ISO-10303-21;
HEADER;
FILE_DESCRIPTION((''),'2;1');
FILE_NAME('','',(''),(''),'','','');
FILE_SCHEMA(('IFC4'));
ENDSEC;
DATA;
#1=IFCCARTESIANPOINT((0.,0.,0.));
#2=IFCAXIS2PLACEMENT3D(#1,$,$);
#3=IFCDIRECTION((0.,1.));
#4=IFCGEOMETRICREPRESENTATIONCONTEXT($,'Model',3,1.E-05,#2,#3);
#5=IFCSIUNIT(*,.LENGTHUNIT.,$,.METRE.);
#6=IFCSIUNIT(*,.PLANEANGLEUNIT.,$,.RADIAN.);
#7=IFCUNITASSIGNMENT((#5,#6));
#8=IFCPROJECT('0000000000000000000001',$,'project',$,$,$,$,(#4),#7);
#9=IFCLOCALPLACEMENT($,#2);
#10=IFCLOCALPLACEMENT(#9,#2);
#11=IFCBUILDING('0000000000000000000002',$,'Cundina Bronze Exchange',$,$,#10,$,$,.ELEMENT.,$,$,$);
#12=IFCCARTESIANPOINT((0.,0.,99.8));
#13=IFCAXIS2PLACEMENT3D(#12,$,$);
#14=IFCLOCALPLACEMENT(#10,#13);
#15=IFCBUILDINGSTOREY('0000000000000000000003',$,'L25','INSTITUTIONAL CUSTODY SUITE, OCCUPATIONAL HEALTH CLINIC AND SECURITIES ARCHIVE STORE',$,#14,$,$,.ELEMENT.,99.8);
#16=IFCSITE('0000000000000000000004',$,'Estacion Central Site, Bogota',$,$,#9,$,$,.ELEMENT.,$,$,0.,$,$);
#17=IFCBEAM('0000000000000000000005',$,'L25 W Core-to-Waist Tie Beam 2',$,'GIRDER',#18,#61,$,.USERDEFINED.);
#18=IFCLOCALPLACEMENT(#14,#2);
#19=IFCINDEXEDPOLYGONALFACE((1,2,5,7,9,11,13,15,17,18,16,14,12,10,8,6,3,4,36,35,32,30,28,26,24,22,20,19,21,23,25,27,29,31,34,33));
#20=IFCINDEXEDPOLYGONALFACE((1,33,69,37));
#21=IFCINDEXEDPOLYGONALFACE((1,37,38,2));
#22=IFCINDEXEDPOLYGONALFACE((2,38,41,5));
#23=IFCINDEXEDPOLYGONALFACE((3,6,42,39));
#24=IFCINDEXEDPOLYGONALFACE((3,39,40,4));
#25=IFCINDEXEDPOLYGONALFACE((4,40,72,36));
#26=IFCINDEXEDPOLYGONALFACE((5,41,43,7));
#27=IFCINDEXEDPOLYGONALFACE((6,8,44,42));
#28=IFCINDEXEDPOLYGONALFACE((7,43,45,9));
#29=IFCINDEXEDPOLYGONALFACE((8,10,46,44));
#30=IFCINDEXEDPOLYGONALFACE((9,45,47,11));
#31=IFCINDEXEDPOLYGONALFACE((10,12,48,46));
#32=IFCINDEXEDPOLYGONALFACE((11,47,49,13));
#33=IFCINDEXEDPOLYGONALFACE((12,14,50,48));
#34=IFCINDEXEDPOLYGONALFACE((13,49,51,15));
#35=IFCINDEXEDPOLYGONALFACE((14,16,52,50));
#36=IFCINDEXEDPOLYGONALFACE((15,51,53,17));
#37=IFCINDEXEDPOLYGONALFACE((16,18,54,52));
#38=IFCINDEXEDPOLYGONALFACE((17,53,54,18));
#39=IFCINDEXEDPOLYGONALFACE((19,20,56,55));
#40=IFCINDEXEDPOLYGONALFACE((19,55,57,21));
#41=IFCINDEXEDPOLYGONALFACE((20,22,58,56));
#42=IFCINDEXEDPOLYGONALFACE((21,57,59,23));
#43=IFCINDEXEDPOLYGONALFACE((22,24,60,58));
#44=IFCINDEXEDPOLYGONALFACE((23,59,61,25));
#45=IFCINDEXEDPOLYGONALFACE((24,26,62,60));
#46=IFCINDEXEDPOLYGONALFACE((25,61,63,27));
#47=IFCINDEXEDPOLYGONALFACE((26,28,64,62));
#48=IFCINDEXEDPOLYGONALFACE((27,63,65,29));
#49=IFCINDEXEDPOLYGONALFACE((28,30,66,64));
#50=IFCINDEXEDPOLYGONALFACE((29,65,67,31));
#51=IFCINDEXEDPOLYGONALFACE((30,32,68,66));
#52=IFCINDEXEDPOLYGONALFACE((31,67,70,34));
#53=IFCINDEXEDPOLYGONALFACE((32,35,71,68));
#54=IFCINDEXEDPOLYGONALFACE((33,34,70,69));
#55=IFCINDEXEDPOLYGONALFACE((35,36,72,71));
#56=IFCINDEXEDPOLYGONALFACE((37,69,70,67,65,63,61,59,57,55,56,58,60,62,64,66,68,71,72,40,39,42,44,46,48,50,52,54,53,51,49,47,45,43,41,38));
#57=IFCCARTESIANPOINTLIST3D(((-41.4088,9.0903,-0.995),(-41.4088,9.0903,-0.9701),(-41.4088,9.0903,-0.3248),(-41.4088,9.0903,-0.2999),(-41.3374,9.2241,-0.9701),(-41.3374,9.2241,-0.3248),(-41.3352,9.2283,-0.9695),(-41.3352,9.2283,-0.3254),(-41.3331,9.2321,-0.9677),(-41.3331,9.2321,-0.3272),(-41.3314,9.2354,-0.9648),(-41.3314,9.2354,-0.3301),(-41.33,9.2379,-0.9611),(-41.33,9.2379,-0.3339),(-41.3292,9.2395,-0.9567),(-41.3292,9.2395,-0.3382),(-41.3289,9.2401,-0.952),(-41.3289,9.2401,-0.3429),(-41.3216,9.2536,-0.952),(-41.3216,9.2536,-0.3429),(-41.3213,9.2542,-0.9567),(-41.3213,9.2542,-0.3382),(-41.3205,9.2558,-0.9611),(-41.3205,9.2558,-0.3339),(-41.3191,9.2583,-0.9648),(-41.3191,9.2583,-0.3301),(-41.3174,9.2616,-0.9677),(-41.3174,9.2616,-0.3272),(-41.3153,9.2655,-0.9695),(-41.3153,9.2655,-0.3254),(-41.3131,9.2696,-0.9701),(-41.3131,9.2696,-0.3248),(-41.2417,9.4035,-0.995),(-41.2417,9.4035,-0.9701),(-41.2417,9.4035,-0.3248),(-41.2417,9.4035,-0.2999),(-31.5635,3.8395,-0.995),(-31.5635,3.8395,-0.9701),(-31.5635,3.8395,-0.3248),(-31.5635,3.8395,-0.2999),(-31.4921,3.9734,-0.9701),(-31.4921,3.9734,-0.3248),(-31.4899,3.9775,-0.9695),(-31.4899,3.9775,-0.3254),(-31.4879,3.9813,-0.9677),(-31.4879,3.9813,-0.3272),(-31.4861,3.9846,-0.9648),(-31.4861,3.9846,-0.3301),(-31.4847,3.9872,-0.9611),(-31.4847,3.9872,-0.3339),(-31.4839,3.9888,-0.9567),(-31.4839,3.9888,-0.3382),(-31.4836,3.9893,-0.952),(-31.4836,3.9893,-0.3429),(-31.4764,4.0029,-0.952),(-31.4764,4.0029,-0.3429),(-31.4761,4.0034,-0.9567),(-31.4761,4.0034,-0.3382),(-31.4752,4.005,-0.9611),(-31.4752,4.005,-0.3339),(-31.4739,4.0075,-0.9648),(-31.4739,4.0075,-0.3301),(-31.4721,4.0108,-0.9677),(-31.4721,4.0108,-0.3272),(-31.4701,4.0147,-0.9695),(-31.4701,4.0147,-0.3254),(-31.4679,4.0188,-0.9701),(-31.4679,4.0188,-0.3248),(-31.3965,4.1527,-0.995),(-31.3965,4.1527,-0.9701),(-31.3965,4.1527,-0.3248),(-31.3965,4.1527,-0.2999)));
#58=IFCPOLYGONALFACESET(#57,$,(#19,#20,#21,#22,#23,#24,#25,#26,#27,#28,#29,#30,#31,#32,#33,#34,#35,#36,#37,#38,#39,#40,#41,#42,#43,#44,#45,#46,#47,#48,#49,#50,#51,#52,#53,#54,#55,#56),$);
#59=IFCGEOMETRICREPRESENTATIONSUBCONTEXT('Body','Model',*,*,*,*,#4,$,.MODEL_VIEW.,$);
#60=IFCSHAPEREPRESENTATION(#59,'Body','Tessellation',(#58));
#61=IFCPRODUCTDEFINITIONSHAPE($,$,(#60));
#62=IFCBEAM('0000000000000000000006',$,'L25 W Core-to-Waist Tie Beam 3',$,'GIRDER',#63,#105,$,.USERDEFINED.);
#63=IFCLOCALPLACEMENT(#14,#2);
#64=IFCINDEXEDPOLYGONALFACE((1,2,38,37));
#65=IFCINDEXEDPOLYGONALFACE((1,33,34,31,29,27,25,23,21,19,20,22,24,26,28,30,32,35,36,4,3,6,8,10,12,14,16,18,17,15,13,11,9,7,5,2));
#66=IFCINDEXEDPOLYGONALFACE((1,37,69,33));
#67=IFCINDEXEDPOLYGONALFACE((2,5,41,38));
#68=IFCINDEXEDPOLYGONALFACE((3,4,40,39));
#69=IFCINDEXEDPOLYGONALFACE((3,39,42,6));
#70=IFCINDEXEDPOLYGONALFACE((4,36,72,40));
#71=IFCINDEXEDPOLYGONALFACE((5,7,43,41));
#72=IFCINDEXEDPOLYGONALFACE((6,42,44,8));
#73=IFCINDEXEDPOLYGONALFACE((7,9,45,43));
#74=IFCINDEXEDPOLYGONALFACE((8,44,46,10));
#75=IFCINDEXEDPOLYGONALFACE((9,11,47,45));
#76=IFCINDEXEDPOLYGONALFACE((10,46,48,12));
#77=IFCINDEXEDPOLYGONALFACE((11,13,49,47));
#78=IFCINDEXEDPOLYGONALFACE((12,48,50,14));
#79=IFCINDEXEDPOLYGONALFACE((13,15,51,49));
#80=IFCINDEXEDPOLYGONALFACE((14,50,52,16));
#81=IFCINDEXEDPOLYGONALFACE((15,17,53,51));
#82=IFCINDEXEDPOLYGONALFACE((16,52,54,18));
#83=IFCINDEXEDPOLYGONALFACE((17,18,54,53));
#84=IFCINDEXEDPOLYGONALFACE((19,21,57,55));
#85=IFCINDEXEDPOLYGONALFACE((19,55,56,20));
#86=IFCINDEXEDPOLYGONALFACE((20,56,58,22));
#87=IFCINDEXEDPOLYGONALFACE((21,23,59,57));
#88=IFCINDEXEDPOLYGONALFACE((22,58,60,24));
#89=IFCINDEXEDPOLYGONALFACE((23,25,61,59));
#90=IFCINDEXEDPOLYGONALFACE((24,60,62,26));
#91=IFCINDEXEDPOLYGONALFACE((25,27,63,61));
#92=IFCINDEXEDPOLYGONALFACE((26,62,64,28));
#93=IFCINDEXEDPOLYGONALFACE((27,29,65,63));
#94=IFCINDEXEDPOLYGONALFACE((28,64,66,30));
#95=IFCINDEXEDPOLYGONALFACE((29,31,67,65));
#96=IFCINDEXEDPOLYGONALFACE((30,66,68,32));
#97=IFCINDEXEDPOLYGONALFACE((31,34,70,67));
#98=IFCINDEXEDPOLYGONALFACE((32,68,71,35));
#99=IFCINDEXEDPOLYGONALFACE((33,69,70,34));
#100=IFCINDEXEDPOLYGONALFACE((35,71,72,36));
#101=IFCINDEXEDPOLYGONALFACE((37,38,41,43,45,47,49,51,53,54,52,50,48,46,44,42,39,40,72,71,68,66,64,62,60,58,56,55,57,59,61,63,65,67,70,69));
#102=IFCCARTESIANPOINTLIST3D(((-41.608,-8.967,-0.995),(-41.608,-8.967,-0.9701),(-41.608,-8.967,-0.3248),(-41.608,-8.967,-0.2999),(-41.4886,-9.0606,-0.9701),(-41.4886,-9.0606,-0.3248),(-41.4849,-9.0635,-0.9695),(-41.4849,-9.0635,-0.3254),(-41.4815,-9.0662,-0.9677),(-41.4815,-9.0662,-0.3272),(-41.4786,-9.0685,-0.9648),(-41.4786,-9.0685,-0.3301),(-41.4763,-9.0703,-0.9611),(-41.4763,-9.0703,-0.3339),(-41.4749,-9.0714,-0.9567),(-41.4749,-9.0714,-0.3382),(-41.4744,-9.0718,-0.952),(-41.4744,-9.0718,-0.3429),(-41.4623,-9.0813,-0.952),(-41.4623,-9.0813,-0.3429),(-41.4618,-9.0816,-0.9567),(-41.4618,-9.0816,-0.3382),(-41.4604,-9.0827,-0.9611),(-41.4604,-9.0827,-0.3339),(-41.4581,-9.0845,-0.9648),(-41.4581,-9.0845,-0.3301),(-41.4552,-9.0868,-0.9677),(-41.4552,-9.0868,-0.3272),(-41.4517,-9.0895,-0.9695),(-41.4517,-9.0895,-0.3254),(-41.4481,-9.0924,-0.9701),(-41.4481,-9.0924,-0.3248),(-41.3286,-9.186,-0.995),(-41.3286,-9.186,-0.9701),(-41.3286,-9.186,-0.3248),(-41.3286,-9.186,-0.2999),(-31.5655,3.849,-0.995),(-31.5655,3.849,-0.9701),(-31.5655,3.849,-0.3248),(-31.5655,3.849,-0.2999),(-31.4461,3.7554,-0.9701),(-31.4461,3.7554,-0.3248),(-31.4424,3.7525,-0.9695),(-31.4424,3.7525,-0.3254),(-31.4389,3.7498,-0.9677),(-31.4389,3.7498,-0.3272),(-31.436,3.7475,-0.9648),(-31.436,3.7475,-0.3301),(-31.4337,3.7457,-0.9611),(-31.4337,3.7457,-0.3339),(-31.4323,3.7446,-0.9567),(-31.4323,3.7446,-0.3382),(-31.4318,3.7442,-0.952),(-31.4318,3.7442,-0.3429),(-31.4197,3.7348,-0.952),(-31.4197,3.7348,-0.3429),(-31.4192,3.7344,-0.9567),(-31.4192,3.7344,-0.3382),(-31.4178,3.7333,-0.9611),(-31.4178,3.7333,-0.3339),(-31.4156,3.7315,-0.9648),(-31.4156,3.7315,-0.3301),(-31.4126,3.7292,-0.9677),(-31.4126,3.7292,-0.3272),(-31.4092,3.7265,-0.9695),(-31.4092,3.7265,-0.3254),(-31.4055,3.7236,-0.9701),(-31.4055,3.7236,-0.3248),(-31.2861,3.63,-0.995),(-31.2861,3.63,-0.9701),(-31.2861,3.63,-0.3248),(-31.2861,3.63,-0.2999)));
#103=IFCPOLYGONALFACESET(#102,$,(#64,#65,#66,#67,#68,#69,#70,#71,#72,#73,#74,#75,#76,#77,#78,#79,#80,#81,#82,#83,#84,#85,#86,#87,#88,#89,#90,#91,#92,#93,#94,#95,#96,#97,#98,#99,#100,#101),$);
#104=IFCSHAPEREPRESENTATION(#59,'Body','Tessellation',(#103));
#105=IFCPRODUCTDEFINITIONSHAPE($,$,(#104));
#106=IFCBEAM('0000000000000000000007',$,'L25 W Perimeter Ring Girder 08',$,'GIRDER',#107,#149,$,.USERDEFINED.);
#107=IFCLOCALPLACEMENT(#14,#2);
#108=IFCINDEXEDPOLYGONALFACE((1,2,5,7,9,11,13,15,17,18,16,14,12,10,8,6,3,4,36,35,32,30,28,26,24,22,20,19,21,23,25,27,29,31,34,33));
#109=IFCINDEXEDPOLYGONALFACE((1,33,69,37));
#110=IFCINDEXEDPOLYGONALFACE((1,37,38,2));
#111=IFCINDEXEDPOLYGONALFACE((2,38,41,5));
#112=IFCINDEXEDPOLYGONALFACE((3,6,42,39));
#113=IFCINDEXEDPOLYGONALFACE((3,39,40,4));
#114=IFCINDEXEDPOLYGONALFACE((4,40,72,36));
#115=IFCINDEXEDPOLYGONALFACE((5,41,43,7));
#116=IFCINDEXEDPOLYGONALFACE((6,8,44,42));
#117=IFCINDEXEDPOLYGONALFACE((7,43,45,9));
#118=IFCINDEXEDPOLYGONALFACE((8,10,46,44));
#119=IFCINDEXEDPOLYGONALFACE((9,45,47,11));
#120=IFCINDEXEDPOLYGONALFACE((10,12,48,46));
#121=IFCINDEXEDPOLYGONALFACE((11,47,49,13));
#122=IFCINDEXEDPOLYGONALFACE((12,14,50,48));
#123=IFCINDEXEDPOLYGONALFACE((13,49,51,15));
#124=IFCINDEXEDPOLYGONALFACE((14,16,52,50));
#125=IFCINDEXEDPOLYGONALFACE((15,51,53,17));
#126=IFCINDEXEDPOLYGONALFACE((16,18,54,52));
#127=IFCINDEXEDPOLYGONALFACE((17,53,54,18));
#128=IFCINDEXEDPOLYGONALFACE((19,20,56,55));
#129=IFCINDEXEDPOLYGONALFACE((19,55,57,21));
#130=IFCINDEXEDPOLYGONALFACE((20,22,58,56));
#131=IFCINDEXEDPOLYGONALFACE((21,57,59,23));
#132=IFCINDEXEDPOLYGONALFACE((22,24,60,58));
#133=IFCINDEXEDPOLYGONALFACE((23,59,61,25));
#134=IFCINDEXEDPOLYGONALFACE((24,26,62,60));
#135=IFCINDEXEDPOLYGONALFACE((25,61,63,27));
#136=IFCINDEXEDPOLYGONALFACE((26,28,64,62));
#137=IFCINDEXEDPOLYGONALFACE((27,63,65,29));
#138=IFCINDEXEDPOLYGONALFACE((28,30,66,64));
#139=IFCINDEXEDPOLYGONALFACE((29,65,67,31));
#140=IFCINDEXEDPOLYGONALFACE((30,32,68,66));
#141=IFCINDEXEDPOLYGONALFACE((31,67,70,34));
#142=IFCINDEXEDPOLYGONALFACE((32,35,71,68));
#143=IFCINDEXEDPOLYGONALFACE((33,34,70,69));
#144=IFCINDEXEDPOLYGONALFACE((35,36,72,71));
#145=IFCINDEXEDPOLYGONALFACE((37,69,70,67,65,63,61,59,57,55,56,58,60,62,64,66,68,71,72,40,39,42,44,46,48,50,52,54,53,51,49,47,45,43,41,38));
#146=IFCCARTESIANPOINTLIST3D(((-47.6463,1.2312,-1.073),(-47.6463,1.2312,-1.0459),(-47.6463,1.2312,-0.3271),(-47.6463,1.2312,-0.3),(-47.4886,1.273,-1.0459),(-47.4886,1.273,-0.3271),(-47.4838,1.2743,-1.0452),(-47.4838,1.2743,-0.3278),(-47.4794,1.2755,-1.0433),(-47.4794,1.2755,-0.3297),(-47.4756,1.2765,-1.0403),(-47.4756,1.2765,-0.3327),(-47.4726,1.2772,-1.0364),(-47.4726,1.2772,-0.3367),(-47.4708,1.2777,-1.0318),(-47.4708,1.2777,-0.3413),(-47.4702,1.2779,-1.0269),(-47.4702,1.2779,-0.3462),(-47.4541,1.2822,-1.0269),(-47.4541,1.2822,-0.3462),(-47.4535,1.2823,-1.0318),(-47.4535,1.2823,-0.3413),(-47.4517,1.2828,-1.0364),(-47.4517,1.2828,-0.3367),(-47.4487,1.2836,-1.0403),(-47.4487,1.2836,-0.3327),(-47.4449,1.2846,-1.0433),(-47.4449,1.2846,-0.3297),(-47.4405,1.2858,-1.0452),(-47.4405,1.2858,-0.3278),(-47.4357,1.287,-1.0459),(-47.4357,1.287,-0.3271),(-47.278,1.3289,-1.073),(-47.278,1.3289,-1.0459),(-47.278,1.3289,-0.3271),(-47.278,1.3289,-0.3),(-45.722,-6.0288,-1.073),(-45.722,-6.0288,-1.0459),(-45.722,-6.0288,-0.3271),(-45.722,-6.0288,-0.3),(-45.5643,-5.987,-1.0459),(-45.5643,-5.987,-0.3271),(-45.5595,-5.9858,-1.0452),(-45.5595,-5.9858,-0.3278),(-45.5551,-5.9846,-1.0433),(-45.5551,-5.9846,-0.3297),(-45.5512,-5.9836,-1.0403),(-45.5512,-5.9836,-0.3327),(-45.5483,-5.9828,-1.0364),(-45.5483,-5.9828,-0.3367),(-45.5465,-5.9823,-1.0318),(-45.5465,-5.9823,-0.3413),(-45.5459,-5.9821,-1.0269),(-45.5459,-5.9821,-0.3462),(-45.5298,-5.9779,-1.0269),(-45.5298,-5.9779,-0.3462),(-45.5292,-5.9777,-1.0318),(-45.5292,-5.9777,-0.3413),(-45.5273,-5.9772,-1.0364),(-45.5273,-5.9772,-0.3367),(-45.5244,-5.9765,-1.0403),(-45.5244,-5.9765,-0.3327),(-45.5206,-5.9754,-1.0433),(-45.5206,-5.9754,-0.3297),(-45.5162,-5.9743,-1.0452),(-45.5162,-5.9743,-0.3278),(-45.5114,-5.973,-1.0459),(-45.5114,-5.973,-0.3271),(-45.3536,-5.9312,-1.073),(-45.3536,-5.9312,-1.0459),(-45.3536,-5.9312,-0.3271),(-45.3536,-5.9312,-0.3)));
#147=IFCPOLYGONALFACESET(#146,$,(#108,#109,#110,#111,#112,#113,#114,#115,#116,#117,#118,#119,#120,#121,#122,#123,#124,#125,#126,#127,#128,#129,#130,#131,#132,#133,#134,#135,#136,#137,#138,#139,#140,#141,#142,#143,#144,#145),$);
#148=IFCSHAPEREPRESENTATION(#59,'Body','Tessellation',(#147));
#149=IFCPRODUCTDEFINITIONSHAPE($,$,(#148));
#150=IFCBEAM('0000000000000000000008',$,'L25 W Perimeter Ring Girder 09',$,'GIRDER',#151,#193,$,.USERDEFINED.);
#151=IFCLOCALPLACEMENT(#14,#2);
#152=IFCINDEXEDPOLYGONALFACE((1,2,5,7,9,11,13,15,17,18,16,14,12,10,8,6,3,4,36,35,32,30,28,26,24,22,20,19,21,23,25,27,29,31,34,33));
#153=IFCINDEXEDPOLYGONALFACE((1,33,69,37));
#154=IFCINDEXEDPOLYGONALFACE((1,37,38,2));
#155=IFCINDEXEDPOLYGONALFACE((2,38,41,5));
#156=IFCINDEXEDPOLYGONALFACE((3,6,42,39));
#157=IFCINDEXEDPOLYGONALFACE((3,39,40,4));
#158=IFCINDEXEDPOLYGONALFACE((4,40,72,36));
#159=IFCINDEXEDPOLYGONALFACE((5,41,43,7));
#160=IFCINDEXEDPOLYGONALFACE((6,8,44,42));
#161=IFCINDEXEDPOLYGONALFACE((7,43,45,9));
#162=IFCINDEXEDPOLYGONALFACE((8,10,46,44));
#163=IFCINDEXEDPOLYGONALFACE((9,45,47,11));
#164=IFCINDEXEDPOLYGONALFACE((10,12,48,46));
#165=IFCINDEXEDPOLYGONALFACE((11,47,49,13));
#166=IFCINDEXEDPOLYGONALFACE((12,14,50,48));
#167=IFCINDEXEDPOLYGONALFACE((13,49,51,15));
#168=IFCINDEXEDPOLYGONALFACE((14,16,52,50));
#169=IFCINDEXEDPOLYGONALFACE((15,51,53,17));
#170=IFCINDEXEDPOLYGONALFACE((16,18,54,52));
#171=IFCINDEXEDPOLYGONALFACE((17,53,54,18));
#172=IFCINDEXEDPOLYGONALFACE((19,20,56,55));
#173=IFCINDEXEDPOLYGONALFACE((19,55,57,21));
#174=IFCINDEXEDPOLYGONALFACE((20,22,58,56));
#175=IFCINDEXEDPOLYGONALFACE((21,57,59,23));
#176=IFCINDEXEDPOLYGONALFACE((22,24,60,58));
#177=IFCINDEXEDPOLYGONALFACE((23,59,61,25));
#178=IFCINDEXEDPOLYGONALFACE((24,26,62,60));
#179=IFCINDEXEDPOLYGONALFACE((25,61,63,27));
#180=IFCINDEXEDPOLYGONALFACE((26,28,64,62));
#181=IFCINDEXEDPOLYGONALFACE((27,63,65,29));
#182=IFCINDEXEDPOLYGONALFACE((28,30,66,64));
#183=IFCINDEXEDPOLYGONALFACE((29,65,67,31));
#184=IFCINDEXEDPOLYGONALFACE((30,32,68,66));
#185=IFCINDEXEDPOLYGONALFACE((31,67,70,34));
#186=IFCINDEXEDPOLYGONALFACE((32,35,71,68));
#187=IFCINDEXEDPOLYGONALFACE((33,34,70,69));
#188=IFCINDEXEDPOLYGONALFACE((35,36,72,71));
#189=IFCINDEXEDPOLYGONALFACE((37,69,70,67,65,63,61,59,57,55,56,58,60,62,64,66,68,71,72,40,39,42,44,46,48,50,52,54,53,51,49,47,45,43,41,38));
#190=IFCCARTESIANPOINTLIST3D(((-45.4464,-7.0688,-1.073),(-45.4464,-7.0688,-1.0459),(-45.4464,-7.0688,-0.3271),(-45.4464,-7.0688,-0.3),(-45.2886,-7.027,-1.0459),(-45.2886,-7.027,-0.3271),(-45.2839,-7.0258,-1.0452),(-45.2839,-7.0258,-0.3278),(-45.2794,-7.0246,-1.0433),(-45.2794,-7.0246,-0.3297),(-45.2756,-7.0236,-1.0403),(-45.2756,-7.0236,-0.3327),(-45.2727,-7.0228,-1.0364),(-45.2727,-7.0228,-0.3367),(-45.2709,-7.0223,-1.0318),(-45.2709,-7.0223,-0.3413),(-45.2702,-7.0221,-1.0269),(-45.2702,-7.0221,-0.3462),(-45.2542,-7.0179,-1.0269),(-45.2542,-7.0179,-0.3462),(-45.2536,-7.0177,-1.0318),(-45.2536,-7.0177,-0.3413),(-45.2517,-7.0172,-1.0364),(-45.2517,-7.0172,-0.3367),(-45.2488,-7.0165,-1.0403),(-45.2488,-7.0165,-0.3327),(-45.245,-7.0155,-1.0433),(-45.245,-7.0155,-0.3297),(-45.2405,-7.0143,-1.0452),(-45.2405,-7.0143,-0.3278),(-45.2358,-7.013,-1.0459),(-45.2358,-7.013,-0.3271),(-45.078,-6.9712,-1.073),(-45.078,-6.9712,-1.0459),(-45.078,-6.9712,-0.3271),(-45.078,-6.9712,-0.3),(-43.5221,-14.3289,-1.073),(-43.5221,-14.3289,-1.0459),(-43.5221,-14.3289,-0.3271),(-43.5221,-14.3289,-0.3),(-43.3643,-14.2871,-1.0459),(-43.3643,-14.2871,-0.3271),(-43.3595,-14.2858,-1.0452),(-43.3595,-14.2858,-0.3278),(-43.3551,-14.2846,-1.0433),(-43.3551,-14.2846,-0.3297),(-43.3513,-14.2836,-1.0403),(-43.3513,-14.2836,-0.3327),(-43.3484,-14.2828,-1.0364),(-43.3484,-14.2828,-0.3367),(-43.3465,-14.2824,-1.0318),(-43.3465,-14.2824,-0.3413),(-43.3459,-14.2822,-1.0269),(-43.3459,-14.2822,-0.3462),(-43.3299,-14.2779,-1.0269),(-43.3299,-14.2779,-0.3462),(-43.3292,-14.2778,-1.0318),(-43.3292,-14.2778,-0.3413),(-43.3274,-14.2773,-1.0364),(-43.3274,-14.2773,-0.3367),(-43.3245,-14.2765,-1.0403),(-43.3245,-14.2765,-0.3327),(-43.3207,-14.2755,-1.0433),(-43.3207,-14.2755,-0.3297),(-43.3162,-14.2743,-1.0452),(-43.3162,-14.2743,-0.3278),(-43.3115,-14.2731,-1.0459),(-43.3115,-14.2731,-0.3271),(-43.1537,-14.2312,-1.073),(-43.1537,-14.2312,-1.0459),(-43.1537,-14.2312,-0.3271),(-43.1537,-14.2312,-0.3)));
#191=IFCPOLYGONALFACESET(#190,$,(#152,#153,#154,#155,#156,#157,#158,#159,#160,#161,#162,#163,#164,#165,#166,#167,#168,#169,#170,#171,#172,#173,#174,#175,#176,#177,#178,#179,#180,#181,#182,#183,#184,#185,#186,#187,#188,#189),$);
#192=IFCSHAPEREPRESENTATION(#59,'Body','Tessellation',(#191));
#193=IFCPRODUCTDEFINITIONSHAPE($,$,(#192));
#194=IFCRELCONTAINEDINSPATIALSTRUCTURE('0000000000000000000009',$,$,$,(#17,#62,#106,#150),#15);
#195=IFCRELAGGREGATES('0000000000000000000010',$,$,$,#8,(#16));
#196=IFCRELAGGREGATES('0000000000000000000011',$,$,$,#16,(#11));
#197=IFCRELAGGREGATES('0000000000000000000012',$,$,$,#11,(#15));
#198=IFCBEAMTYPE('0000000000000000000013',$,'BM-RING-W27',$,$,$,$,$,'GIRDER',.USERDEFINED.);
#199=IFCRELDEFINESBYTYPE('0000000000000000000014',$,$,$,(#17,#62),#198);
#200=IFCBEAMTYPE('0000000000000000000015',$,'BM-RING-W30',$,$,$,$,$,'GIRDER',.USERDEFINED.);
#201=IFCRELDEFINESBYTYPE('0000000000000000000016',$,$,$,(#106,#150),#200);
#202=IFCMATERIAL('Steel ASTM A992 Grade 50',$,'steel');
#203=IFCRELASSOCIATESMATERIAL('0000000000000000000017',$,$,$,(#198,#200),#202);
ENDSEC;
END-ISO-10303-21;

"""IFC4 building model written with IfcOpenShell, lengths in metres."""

from ifc_helpers import new_model, si_unit, direction, frame, origin, origin_2d, place, context, subcontext, project, spatial, i_section, extrude, material, material_profile, profile_set, type_object, element, save


model = new_model("IFC4")

# Units and contexts
model_context = context("Model", 3, precision=1e-05, world=origin(), true_north=direction((0.0, 1.0)))
body_context = subcontext(model_context, "Body", "Model", "MODEL_VIEW")
ifc_project = project(units=[si_unit("LENGTHUNIT", "METRE"), si_unit("PLANEANGLEUNIT", "RADIAN")], contexts=[model_context])

# Site, building, storey
site_placement = place(None, origin())
site = spatial("IfcSite", under=ifc_project, at=site_placement, Name="Estacion Central Site, Bogota", CompositionType="ELEMENT", RefElevation=0.0)
building_placement = place(site_placement, origin())
building = spatial("IfcBuilding", under=site, at=building_placement, Name="Cundina Bronze Exchange", CompositionType="ELEMENT")
storey_placement = place(building_placement, frame((0.0, 0.0, 99.8)))
storey = spatial("IfcBuildingStorey", under=building, at=storey_placement, Name="L25", Description="INSTITUTIONAL CUSTODY SUITE, OCCUPATIONAL HEALTH CLINIC AND SECURITIES ARCHIVE STORE", CompositionType="ELEMENT", Elevation=99.8)

# Shared definitions
ifc_material_1 = material(Name="Steel ASTM A992 Grade 50", Category="steel")

# Beams
ifc_material_profile_1 = material_profile(ifc_material_1, i_section(OverallWidth=0.355, OverallDepth=0.6951, WebThickness=0.0154, FlangeThickness=0.0249, FilletRadius=0.0181, at=origin_2d()), Name="W27X146", Category="steel")
ifc_profile_set_1 = profile_set([ifc_material_profile_1], Name="Steel ASTM A992 Grade 50")
beam_type_1 = type_object("IfcBeamType", Name="BM-RING-W27", ElementType="GIRDER", PredefinedType="USERDEFINED", material=ifc_profile_set_1)
beam_1_placement = place(storey_placement, frame((-31.48, 3.9961, -0.6475), z_axis=(-0.882355, 0.470585, 0.0), x_axis=(-0.470585, -0.882355, 0.0)))
element("IfcBeam", 1, at=beam_1_placement, inside=storey, type_object=beam_type_1, Name="L25 W Core-to-Waist Tie Beam 2", ObjectType="GIRDER", PredefinedType="USERDEFINED", context=body_context, shape_type="SweptSolid", body=[
    extrude(i_section(OverallWidth=0.355, OverallDepth=0.6951, WebThickness=0.0154, FlangeThickness=0.0249, FilletRadius=0.0181, at=origin_2d()), origin(), (0.0, 0.0, 1.0), 11.158),
])
beam_2_placement = place(storey_placement, frame((-31.4258, 3.7395, -0.6475), z_axis=(-0.616789, -0.787128, 0.0), x_axis=(0.787128, -0.616789, 0.0)))
element("IfcBeam", 2, at=beam_2_placement, inside=storey, type_object=beam_type_1, Name="L25 W Core-to-Waist Tie Beam 3", ObjectType="GIRDER", PredefinedType="USERDEFINED", context=body_context, shape_type="SweptSolid", body=[
    extrude(i_section(OverallWidth=0.355, OverallDepth=0.6951, WebThickness=0.0154, FlangeThickness=0.0249, FilletRadius=0.0181, at=origin_2d()), origin(), (0.0, 0.0, 1.0), 16.282),
])
ifc_material_profile_2 = material_profile(ifc_material_1, i_section(OverallWidth=0.3811, OverallDepth=0.7729, WebThickness=0.0166, FlangeThickness=0.0271, FilletRadius=0.019, at=origin_2d()), Name="W30X173", Category="steel")
ifc_profile_set_2 = profile_set([ifc_material_profile_2], Name="Steel ASTM A992 Grade 50")
beam_type_2 = type_object("IfcBeamType", Name="BM-RING-W30", ElementType="GIRDER", PredefinedType="USERDEFINED", material=ifc_profile_set_2)
for number, where, z_axis, x_axis, name in (
    (3, (-47.4622, 1.28, -0.6865), (0.25621, -0.966621, 0.0), (0.966621, 0.25621, 0.0), "L25 W Perimeter Ring Girder 08"),
    (4, (-45.2622, -7.02, -0.6865), (0.25621, -0.966621, 0.0), (0.966621, 0.25621, 0.0), "L25 W Perimeter Ring Girder 09"),
):
    element("IfcBeam", number, at=place(storey_placement, frame(where, z_axis=z_axis, x_axis=x_axis)), inside=storey, type_object=beam_type_2, Name=name, ObjectType="GIRDER", PredefinedType="USERDEFINED", context=body_context, shape_type="SweptSolid", body=[
        extrude(i_section(OverallWidth=0.3811, OverallDepth=0.7729, WebThickness=0.0166, FlangeThickness=0.0271, FilletRadius=0.019, at=origin_2d()), origin(), (0.0, 0.0, 1.0), 7.5107),
    ])

save(model, "model.ifc")
